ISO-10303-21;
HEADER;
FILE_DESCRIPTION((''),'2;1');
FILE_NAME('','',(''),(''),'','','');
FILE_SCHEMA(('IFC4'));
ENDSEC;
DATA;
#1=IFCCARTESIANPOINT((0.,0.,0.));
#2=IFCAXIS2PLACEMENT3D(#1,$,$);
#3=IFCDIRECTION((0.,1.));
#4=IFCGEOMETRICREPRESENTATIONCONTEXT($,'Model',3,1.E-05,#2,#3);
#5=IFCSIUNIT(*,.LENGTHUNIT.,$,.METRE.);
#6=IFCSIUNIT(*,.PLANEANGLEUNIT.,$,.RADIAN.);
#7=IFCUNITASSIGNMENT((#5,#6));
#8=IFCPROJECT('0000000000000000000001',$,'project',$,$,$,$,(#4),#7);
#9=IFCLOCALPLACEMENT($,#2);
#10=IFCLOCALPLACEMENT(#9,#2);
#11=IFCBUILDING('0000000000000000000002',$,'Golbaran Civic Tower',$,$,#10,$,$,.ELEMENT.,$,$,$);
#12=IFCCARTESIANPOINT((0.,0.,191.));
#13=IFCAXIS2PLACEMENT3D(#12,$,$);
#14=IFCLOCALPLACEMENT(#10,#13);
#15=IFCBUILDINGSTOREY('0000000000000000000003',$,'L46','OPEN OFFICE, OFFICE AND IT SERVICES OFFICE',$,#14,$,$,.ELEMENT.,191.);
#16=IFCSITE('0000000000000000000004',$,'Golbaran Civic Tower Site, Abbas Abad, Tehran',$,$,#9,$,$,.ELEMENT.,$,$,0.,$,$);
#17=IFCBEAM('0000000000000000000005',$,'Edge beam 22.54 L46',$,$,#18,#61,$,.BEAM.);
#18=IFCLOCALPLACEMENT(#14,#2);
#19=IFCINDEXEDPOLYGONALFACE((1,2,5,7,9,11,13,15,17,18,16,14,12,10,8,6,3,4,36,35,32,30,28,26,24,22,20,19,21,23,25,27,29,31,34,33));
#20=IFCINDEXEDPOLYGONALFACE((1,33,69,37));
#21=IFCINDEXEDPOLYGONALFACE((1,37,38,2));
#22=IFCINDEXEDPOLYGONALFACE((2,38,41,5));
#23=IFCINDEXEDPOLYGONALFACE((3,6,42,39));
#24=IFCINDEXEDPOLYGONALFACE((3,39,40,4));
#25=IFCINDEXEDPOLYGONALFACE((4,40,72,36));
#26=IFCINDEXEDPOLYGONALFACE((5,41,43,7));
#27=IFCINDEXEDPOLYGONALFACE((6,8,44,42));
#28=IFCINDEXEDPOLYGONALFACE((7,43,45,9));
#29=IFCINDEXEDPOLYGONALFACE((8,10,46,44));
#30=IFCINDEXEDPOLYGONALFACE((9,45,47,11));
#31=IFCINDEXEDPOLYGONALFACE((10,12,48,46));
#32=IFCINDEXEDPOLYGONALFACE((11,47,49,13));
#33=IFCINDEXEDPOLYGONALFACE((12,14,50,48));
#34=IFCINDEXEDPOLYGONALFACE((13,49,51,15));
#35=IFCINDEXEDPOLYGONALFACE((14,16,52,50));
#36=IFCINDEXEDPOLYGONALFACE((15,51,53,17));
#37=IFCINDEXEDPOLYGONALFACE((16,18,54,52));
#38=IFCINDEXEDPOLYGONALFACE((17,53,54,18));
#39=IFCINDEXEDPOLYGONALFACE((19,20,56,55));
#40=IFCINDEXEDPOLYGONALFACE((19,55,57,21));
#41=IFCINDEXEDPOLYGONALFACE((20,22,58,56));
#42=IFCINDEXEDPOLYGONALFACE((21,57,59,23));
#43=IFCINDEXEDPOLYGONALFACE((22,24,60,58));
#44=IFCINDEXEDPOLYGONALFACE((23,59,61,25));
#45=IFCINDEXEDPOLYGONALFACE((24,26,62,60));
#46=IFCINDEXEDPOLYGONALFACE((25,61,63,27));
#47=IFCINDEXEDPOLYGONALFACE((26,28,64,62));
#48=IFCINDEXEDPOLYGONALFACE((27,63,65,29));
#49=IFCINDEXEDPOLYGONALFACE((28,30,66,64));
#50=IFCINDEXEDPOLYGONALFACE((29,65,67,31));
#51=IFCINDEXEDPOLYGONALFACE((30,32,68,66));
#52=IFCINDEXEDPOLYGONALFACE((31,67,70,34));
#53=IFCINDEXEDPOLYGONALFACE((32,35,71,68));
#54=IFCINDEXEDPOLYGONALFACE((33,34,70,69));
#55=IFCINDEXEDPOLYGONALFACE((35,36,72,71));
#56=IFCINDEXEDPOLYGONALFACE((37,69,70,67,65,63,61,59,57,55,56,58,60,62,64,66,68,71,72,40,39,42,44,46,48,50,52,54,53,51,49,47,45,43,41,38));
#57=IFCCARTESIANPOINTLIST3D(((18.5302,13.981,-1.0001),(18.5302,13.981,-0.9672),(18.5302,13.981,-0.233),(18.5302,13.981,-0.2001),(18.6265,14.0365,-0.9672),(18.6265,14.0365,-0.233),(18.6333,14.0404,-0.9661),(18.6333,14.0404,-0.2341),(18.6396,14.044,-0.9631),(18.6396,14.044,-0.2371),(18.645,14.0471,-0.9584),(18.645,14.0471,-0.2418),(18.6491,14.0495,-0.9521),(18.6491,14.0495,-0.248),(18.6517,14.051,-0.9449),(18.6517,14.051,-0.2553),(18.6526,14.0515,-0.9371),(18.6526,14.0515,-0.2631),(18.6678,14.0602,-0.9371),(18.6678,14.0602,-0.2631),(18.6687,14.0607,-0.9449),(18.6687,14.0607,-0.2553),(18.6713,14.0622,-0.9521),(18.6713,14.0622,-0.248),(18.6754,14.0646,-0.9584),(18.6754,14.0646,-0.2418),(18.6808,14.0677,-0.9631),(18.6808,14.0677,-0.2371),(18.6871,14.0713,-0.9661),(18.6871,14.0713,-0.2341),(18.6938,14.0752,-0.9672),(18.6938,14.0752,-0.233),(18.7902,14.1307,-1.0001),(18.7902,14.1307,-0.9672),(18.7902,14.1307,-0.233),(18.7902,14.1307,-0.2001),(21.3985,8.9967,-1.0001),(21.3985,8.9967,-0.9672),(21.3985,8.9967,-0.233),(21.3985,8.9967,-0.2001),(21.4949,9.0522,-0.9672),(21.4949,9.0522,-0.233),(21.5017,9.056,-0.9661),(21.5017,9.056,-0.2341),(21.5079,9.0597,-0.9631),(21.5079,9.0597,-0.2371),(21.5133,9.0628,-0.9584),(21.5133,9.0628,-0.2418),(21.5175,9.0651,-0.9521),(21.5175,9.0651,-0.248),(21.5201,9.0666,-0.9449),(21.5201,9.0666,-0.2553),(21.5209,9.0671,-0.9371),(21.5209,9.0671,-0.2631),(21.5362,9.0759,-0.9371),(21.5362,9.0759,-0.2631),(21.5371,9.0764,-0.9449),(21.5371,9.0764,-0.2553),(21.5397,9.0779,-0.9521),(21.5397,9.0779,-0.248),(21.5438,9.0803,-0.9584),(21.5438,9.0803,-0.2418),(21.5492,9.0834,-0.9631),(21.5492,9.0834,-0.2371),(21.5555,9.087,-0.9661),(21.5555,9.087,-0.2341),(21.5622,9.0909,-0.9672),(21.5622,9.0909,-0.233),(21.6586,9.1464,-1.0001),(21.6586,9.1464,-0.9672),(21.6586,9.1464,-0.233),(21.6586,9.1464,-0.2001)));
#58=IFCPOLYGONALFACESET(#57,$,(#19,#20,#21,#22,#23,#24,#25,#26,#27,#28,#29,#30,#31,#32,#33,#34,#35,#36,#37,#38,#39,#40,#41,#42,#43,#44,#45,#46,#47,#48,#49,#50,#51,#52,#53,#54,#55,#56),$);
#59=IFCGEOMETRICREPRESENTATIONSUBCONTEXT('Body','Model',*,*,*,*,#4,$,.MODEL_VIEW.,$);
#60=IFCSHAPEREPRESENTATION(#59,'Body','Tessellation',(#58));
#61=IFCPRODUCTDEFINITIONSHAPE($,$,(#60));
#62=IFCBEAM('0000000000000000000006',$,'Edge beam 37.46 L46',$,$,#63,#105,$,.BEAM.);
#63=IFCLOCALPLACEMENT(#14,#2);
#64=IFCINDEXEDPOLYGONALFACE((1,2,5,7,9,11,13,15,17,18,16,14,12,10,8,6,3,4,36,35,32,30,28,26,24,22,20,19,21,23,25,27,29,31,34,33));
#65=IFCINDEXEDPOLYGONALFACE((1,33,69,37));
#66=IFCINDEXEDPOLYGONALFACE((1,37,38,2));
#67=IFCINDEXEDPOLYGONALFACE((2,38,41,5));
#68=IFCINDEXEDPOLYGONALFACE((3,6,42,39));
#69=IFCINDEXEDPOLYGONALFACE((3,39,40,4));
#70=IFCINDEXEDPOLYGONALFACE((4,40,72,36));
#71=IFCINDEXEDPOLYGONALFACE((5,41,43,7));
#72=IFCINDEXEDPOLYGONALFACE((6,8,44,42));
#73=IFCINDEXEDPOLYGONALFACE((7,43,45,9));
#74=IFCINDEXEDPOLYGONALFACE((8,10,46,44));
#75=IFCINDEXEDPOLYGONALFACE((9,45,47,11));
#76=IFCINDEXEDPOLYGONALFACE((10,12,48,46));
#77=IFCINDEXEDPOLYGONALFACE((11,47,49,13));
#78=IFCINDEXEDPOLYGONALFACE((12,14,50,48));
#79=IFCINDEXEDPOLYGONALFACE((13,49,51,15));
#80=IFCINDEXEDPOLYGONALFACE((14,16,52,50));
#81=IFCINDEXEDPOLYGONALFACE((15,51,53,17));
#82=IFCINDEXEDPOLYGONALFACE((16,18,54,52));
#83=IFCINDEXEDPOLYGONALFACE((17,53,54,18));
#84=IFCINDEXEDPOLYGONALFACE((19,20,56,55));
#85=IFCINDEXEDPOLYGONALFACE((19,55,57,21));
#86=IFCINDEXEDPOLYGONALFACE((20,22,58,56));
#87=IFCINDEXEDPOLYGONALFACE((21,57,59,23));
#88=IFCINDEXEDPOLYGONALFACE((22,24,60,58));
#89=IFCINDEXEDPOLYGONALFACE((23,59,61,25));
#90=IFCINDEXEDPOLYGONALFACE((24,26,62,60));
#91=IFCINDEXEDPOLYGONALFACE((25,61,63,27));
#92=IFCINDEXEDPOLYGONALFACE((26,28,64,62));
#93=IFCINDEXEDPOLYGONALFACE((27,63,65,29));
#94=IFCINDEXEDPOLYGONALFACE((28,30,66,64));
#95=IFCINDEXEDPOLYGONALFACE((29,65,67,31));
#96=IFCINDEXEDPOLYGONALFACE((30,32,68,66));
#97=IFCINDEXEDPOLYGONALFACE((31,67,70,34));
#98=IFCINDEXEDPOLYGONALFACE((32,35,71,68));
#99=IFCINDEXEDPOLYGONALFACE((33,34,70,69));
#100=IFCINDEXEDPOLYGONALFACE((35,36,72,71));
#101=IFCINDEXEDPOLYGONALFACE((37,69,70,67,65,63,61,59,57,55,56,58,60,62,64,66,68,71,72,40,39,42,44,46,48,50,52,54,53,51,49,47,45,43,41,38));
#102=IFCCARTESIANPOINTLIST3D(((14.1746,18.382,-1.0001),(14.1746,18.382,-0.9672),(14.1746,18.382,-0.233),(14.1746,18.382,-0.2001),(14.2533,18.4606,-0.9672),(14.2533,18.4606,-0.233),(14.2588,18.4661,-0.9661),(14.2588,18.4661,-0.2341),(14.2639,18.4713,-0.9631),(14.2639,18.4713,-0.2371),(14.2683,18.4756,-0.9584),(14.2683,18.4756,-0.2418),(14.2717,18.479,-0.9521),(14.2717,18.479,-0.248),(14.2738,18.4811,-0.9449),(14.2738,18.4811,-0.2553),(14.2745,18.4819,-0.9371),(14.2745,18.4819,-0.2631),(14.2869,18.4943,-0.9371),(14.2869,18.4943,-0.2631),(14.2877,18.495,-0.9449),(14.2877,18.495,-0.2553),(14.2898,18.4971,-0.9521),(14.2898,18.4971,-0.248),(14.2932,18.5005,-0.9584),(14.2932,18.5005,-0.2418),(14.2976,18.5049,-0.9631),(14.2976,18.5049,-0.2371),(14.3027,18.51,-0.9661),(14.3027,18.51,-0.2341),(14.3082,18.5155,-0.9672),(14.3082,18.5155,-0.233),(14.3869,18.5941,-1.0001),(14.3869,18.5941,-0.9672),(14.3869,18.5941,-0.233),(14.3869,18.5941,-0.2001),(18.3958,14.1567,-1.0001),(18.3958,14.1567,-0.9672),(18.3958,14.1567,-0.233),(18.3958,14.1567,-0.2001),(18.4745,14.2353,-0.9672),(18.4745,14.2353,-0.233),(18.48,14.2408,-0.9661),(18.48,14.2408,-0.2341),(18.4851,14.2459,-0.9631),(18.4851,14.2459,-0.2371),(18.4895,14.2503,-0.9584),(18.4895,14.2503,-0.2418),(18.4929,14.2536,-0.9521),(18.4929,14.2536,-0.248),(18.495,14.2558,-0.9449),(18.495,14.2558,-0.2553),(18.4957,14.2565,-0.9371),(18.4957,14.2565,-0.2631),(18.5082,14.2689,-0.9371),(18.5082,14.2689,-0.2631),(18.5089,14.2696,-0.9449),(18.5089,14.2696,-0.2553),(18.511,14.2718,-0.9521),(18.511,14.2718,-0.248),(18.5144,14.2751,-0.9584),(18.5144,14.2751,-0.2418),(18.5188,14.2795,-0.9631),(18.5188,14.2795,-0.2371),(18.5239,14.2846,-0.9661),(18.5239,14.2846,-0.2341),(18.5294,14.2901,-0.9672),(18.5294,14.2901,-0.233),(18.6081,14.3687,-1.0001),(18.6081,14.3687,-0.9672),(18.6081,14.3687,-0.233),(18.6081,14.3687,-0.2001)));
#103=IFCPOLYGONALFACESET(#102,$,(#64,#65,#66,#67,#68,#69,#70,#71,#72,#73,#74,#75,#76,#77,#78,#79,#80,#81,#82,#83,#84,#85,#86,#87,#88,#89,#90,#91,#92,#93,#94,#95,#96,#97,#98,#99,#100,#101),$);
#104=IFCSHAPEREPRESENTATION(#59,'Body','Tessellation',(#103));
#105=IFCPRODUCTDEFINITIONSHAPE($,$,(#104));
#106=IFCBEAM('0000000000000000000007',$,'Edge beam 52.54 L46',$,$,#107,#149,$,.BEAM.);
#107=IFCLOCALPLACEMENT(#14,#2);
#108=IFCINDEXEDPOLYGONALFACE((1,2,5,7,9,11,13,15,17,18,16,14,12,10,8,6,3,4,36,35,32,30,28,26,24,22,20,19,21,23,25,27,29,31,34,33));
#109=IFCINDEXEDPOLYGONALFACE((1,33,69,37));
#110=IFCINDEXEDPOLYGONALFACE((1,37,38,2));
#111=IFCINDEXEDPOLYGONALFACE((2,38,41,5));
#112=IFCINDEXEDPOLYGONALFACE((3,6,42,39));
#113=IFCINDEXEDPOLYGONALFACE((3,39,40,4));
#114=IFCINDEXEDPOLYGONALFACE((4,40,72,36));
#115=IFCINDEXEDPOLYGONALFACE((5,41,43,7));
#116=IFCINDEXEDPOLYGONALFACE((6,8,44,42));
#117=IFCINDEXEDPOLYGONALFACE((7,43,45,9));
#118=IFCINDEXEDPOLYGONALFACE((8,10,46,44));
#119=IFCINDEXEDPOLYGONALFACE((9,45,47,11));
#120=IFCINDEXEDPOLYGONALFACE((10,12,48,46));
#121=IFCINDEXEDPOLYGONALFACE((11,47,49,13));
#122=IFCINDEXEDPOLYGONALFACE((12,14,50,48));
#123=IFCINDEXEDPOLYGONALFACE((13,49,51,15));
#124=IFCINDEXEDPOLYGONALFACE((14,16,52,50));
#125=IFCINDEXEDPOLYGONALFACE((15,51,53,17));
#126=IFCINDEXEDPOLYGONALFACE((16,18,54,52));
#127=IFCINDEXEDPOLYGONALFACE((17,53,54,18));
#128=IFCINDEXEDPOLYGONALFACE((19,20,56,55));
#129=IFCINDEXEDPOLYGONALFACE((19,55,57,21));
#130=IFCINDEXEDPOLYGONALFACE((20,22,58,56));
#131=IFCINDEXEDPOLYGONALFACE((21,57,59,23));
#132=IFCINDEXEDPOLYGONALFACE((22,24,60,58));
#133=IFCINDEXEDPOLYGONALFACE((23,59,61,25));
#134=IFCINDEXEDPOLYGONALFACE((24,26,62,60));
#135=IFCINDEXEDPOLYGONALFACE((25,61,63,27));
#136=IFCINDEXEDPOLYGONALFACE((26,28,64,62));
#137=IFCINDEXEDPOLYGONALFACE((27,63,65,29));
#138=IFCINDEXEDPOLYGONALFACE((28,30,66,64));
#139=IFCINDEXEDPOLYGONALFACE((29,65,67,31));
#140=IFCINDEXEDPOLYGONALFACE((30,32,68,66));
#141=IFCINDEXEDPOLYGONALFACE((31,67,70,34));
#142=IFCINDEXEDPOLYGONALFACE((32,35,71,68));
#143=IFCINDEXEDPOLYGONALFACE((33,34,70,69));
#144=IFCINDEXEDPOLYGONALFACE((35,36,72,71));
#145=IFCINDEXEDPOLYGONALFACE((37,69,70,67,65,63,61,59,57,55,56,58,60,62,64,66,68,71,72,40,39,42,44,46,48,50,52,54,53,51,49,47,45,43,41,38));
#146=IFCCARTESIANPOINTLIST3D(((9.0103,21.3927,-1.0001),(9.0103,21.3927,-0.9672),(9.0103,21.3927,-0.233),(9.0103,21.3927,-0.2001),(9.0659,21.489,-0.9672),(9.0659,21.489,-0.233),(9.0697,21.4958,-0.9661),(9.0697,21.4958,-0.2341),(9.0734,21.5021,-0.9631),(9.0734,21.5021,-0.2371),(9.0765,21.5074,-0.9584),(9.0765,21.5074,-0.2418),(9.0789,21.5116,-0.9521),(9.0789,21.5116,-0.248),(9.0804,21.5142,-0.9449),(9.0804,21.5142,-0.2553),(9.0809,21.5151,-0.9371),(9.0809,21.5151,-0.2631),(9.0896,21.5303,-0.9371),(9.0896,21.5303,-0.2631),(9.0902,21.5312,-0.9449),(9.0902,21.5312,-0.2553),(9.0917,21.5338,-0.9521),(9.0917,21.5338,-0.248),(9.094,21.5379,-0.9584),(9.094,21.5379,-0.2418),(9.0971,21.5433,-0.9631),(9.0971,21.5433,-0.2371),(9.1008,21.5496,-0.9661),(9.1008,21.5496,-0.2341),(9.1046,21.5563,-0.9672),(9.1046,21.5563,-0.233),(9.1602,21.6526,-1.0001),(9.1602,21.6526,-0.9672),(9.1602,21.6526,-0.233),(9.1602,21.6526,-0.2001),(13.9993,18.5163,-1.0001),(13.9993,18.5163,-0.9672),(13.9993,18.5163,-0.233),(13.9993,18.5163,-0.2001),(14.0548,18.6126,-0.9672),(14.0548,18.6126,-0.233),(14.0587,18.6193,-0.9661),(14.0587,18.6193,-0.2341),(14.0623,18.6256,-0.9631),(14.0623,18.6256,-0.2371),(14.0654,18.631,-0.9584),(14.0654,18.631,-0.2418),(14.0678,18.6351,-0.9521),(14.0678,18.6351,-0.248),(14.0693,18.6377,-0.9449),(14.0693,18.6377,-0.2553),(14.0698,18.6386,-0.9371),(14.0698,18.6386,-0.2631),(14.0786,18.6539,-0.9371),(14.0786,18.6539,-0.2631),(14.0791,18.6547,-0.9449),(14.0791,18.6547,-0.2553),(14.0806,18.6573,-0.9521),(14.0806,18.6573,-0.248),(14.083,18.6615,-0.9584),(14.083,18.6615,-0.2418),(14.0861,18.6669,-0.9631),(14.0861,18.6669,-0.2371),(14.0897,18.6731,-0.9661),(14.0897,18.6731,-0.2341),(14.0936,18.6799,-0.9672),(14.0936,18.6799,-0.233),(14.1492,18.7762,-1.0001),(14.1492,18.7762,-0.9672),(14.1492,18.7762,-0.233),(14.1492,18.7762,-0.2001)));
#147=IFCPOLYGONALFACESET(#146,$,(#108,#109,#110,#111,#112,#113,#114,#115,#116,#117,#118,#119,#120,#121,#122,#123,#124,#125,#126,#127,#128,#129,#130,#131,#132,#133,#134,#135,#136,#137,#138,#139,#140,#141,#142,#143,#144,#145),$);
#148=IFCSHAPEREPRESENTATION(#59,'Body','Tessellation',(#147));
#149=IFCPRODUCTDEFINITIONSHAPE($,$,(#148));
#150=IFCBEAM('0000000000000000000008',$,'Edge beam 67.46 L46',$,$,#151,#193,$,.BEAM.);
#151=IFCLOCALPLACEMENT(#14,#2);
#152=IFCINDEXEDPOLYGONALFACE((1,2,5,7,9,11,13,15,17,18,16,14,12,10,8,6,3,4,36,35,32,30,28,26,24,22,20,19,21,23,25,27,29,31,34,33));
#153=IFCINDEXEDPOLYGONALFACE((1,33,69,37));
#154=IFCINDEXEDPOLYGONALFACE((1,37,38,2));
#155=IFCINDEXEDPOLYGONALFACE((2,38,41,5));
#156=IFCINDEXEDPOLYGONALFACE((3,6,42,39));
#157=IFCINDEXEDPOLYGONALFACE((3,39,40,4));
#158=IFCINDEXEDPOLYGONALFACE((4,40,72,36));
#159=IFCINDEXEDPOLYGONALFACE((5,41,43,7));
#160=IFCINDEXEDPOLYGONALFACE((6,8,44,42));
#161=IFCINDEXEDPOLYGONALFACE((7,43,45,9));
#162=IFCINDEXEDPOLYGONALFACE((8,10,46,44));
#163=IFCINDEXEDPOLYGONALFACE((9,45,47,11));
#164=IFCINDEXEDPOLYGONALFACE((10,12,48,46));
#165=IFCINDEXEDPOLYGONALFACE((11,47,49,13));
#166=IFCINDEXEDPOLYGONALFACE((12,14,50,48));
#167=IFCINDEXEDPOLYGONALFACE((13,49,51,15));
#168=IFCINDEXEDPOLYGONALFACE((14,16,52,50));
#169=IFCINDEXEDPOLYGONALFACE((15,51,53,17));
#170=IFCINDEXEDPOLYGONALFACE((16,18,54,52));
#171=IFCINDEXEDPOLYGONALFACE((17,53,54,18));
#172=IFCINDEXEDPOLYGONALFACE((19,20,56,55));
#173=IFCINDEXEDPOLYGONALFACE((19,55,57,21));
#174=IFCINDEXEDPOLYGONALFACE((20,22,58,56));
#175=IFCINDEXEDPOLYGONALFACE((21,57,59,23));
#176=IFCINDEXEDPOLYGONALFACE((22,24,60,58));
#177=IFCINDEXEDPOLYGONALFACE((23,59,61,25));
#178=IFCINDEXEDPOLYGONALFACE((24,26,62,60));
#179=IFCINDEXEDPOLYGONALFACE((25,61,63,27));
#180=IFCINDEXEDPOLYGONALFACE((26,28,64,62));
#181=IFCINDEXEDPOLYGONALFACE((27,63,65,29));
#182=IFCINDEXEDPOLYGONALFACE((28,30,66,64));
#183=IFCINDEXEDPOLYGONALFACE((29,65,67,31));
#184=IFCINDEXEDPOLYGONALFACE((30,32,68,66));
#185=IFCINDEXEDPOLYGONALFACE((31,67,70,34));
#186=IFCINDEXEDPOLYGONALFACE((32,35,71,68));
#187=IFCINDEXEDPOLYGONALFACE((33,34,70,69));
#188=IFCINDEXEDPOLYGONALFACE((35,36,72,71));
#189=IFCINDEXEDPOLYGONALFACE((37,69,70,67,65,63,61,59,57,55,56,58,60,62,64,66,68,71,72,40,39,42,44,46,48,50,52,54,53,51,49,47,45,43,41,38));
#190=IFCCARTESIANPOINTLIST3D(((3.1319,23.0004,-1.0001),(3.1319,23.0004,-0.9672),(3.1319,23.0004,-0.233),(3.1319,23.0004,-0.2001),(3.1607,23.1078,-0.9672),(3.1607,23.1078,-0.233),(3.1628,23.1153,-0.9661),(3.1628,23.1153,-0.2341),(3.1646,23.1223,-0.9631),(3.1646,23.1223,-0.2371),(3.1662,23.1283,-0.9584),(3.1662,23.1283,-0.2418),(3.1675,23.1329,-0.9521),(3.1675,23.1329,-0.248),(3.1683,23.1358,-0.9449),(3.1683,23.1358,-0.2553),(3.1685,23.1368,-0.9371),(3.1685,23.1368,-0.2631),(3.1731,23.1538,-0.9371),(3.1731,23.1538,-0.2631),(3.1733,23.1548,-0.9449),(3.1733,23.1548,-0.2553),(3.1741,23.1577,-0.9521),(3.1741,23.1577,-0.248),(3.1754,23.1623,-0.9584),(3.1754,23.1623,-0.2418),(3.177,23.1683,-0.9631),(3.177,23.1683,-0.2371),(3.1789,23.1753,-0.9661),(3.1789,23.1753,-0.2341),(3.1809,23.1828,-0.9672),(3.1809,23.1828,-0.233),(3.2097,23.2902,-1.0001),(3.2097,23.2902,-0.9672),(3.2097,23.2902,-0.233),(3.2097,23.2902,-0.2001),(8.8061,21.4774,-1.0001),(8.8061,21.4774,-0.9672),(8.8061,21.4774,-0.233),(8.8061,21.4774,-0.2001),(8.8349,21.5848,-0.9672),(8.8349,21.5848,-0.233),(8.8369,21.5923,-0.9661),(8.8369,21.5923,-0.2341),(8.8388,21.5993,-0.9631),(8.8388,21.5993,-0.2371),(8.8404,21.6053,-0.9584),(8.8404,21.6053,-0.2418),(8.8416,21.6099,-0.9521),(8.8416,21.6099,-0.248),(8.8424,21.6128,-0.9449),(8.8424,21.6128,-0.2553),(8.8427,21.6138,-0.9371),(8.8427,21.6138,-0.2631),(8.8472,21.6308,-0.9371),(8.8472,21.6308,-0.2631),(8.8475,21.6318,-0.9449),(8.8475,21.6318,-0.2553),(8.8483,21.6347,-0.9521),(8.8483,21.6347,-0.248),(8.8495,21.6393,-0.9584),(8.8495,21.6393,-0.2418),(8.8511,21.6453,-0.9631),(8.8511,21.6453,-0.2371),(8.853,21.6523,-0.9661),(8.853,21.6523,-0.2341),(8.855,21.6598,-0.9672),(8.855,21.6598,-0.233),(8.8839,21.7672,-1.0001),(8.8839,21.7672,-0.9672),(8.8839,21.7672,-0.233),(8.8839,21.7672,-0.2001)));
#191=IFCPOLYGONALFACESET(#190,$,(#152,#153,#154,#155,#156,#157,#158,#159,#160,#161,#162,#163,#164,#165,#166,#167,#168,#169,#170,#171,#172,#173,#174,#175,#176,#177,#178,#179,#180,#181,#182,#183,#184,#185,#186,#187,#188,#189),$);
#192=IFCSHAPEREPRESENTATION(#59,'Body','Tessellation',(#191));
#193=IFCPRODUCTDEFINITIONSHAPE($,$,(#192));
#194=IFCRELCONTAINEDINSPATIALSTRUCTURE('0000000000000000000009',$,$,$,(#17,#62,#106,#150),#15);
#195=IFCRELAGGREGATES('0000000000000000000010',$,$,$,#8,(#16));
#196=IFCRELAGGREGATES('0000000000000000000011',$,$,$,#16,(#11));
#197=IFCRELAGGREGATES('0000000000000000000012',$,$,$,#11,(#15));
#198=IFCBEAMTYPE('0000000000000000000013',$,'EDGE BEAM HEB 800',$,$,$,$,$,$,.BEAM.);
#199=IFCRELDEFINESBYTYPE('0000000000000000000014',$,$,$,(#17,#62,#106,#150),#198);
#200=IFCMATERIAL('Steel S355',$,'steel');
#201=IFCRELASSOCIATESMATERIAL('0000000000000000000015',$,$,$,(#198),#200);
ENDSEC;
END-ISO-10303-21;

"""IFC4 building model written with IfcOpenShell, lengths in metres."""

from ifc_helpers import new_model, si_unit, direction, frame, origin, origin_2d, place, context, subcontext, project, spatial, i_section, extrude, material, material_profile, profile_set, type_object, element, save


model = new_model("IFC4")

# Units and contexts
model_context = context("Model", 3, precision=1e-05, world=origin(), true_north=direction((0.0, 1.0)))
body_context = subcontext(model_context, "Body", "Model", "MODEL_VIEW")
ifc_project = project(units=[si_unit("LENGTHUNIT", "METRE"), si_unit("PLANEANGLEUNIT", "RADIAN")], contexts=[model_context])

# Site, building, storey
site_placement = place(None, origin())
site = spatial("IfcSite", under=ifc_project, at=site_placement, Name="Golbaran Civic Tower Site, Abbas Abad, Tehran", CompositionType="ELEMENT", RefElevation=0.0)
building_placement = place(site_placement, origin())
building = spatial("IfcBuilding", under=site, at=building_placement, Name="Golbaran Civic Tower", CompositionType="ELEMENT")
storey_placement = place(building_placement, frame((0.0, 0.0, 191.0)))
storey = spatial("IfcBuildingStorey", under=building, at=storey_placement, Name="L46", Description="OPEN OFFICE, OFFICE AND IT SERVICES OFFICE", CompositionType="ELEMENT", Elevation=191.0)

# Beams
ifc_material_1 = material(Name="Steel S355", Category="steel")
ifc_material_profile_1 = material_profile(ifc_material_1, i_section(OverallWidth=0.3, OverallDepth=0.8, WebThickness=0.0176, FlangeThickness=0.033, FilletRadius=0.03, at=origin_2d()), Name="HEB 800")
ifc_profile_set_1 = profile_set([ifc_material_profile_1], Name="Steel S355")
beam_type_1 = type_object("IfcBeamType", Name="EDGE BEAM HEB 800", PredefinedType="BEAM", material=ifc_profile_set_1)
beam_1_placement = place(storey_placement, frame((21.5286, 9.0715, -0.6001), z_axis=(-0.498784, 0.866726, 0.0), x_axis=(-0.866726, -0.498784, 0.0)))
element("IfcBeam", 1, at=beam_1_placement, inside=storey, type_object=beam_type_1, Name="Edge beam 22.54 L46", PredefinedType="BEAM", context=body_context, shape_type="SweptSolid", body=[
    extrude(i_section(OverallWidth=0.3, OverallDepth=0.8, WebThickness=0.0176, FlangeThickness=0.033, FilletRadius=0.03, at=origin_2d()), origin(), (0.0, 0.0, 1.0), 5.7507),
])
beam_2_placement = place(storey_placement, frame((18.502, 14.2627, -0.6001), z_axis=(-0.706759, 0.707454, 0.0), x_axis=(-0.707454, -0.706759, 0.0)))
element("IfcBeam", 2, at=beam_2_placement, inside=storey, type_object=beam_type_1, Name="Edge beam 37.46 L46", PredefinedType="BEAM", context=body_context, shape_type="SweptSolid", body=[
    extrude(i_section(OverallWidth=0.3, OverallDepth=0.8, WebThickness=0.0176, FlangeThickness=0.033, FilletRadius=0.03, at=origin_2d()), origin(), (0.0, 0.0, 1.0), 5.9727),
])
beam_3_placement = place(storey_placement, frame((14.0742, 18.6462, -0.6001), z_axis=(-0.866322, 0.499486, 0.0), x_axis=(-0.499486, -0.866322, 0.0)))
element("IfcBeam", 3, at=beam_3_placement, inside=storey, type_object=beam_type_1, Name="Edge beam 52.54 L46", PredefinedType="BEAM", context=body_context, shape_type="SweptSolid", body=[
    extrude(i_section(OverallWidth=0.3, OverallDepth=0.8, WebThickness=0.0176, FlangeThickness=0.033, FilletRadius=0.03, at=origin_2d()), origin(), (0.0, 0.0, 1.0), 5.7588),
])
beam_4_placement = place(storey_placement, frame((8.845, 21.6223, -0.6001), z_axis=(-0.965816, 0.25923, 0.0), x_axis=(-0.25923, -0.965816, 0.0)))
element("IfcBeam", 4, at=beam_4_placement, inside=storey, type_object=beam_type_1, Name="Edge beam 67.46 L46", PredefinedType="BEAM", context=body_context, shape_type="SweptSolid", body=[
    extrude(i_section(OverallWidth=0.3, OverallDepth=0.8, WebThickness=0.0176, FlangeThickness=0.033, FilletRadius=0.03, at=origin_2d()), origin(), (0.0, 0.0, 1.0), 5.875),
])

save(model, "model.ifc")
